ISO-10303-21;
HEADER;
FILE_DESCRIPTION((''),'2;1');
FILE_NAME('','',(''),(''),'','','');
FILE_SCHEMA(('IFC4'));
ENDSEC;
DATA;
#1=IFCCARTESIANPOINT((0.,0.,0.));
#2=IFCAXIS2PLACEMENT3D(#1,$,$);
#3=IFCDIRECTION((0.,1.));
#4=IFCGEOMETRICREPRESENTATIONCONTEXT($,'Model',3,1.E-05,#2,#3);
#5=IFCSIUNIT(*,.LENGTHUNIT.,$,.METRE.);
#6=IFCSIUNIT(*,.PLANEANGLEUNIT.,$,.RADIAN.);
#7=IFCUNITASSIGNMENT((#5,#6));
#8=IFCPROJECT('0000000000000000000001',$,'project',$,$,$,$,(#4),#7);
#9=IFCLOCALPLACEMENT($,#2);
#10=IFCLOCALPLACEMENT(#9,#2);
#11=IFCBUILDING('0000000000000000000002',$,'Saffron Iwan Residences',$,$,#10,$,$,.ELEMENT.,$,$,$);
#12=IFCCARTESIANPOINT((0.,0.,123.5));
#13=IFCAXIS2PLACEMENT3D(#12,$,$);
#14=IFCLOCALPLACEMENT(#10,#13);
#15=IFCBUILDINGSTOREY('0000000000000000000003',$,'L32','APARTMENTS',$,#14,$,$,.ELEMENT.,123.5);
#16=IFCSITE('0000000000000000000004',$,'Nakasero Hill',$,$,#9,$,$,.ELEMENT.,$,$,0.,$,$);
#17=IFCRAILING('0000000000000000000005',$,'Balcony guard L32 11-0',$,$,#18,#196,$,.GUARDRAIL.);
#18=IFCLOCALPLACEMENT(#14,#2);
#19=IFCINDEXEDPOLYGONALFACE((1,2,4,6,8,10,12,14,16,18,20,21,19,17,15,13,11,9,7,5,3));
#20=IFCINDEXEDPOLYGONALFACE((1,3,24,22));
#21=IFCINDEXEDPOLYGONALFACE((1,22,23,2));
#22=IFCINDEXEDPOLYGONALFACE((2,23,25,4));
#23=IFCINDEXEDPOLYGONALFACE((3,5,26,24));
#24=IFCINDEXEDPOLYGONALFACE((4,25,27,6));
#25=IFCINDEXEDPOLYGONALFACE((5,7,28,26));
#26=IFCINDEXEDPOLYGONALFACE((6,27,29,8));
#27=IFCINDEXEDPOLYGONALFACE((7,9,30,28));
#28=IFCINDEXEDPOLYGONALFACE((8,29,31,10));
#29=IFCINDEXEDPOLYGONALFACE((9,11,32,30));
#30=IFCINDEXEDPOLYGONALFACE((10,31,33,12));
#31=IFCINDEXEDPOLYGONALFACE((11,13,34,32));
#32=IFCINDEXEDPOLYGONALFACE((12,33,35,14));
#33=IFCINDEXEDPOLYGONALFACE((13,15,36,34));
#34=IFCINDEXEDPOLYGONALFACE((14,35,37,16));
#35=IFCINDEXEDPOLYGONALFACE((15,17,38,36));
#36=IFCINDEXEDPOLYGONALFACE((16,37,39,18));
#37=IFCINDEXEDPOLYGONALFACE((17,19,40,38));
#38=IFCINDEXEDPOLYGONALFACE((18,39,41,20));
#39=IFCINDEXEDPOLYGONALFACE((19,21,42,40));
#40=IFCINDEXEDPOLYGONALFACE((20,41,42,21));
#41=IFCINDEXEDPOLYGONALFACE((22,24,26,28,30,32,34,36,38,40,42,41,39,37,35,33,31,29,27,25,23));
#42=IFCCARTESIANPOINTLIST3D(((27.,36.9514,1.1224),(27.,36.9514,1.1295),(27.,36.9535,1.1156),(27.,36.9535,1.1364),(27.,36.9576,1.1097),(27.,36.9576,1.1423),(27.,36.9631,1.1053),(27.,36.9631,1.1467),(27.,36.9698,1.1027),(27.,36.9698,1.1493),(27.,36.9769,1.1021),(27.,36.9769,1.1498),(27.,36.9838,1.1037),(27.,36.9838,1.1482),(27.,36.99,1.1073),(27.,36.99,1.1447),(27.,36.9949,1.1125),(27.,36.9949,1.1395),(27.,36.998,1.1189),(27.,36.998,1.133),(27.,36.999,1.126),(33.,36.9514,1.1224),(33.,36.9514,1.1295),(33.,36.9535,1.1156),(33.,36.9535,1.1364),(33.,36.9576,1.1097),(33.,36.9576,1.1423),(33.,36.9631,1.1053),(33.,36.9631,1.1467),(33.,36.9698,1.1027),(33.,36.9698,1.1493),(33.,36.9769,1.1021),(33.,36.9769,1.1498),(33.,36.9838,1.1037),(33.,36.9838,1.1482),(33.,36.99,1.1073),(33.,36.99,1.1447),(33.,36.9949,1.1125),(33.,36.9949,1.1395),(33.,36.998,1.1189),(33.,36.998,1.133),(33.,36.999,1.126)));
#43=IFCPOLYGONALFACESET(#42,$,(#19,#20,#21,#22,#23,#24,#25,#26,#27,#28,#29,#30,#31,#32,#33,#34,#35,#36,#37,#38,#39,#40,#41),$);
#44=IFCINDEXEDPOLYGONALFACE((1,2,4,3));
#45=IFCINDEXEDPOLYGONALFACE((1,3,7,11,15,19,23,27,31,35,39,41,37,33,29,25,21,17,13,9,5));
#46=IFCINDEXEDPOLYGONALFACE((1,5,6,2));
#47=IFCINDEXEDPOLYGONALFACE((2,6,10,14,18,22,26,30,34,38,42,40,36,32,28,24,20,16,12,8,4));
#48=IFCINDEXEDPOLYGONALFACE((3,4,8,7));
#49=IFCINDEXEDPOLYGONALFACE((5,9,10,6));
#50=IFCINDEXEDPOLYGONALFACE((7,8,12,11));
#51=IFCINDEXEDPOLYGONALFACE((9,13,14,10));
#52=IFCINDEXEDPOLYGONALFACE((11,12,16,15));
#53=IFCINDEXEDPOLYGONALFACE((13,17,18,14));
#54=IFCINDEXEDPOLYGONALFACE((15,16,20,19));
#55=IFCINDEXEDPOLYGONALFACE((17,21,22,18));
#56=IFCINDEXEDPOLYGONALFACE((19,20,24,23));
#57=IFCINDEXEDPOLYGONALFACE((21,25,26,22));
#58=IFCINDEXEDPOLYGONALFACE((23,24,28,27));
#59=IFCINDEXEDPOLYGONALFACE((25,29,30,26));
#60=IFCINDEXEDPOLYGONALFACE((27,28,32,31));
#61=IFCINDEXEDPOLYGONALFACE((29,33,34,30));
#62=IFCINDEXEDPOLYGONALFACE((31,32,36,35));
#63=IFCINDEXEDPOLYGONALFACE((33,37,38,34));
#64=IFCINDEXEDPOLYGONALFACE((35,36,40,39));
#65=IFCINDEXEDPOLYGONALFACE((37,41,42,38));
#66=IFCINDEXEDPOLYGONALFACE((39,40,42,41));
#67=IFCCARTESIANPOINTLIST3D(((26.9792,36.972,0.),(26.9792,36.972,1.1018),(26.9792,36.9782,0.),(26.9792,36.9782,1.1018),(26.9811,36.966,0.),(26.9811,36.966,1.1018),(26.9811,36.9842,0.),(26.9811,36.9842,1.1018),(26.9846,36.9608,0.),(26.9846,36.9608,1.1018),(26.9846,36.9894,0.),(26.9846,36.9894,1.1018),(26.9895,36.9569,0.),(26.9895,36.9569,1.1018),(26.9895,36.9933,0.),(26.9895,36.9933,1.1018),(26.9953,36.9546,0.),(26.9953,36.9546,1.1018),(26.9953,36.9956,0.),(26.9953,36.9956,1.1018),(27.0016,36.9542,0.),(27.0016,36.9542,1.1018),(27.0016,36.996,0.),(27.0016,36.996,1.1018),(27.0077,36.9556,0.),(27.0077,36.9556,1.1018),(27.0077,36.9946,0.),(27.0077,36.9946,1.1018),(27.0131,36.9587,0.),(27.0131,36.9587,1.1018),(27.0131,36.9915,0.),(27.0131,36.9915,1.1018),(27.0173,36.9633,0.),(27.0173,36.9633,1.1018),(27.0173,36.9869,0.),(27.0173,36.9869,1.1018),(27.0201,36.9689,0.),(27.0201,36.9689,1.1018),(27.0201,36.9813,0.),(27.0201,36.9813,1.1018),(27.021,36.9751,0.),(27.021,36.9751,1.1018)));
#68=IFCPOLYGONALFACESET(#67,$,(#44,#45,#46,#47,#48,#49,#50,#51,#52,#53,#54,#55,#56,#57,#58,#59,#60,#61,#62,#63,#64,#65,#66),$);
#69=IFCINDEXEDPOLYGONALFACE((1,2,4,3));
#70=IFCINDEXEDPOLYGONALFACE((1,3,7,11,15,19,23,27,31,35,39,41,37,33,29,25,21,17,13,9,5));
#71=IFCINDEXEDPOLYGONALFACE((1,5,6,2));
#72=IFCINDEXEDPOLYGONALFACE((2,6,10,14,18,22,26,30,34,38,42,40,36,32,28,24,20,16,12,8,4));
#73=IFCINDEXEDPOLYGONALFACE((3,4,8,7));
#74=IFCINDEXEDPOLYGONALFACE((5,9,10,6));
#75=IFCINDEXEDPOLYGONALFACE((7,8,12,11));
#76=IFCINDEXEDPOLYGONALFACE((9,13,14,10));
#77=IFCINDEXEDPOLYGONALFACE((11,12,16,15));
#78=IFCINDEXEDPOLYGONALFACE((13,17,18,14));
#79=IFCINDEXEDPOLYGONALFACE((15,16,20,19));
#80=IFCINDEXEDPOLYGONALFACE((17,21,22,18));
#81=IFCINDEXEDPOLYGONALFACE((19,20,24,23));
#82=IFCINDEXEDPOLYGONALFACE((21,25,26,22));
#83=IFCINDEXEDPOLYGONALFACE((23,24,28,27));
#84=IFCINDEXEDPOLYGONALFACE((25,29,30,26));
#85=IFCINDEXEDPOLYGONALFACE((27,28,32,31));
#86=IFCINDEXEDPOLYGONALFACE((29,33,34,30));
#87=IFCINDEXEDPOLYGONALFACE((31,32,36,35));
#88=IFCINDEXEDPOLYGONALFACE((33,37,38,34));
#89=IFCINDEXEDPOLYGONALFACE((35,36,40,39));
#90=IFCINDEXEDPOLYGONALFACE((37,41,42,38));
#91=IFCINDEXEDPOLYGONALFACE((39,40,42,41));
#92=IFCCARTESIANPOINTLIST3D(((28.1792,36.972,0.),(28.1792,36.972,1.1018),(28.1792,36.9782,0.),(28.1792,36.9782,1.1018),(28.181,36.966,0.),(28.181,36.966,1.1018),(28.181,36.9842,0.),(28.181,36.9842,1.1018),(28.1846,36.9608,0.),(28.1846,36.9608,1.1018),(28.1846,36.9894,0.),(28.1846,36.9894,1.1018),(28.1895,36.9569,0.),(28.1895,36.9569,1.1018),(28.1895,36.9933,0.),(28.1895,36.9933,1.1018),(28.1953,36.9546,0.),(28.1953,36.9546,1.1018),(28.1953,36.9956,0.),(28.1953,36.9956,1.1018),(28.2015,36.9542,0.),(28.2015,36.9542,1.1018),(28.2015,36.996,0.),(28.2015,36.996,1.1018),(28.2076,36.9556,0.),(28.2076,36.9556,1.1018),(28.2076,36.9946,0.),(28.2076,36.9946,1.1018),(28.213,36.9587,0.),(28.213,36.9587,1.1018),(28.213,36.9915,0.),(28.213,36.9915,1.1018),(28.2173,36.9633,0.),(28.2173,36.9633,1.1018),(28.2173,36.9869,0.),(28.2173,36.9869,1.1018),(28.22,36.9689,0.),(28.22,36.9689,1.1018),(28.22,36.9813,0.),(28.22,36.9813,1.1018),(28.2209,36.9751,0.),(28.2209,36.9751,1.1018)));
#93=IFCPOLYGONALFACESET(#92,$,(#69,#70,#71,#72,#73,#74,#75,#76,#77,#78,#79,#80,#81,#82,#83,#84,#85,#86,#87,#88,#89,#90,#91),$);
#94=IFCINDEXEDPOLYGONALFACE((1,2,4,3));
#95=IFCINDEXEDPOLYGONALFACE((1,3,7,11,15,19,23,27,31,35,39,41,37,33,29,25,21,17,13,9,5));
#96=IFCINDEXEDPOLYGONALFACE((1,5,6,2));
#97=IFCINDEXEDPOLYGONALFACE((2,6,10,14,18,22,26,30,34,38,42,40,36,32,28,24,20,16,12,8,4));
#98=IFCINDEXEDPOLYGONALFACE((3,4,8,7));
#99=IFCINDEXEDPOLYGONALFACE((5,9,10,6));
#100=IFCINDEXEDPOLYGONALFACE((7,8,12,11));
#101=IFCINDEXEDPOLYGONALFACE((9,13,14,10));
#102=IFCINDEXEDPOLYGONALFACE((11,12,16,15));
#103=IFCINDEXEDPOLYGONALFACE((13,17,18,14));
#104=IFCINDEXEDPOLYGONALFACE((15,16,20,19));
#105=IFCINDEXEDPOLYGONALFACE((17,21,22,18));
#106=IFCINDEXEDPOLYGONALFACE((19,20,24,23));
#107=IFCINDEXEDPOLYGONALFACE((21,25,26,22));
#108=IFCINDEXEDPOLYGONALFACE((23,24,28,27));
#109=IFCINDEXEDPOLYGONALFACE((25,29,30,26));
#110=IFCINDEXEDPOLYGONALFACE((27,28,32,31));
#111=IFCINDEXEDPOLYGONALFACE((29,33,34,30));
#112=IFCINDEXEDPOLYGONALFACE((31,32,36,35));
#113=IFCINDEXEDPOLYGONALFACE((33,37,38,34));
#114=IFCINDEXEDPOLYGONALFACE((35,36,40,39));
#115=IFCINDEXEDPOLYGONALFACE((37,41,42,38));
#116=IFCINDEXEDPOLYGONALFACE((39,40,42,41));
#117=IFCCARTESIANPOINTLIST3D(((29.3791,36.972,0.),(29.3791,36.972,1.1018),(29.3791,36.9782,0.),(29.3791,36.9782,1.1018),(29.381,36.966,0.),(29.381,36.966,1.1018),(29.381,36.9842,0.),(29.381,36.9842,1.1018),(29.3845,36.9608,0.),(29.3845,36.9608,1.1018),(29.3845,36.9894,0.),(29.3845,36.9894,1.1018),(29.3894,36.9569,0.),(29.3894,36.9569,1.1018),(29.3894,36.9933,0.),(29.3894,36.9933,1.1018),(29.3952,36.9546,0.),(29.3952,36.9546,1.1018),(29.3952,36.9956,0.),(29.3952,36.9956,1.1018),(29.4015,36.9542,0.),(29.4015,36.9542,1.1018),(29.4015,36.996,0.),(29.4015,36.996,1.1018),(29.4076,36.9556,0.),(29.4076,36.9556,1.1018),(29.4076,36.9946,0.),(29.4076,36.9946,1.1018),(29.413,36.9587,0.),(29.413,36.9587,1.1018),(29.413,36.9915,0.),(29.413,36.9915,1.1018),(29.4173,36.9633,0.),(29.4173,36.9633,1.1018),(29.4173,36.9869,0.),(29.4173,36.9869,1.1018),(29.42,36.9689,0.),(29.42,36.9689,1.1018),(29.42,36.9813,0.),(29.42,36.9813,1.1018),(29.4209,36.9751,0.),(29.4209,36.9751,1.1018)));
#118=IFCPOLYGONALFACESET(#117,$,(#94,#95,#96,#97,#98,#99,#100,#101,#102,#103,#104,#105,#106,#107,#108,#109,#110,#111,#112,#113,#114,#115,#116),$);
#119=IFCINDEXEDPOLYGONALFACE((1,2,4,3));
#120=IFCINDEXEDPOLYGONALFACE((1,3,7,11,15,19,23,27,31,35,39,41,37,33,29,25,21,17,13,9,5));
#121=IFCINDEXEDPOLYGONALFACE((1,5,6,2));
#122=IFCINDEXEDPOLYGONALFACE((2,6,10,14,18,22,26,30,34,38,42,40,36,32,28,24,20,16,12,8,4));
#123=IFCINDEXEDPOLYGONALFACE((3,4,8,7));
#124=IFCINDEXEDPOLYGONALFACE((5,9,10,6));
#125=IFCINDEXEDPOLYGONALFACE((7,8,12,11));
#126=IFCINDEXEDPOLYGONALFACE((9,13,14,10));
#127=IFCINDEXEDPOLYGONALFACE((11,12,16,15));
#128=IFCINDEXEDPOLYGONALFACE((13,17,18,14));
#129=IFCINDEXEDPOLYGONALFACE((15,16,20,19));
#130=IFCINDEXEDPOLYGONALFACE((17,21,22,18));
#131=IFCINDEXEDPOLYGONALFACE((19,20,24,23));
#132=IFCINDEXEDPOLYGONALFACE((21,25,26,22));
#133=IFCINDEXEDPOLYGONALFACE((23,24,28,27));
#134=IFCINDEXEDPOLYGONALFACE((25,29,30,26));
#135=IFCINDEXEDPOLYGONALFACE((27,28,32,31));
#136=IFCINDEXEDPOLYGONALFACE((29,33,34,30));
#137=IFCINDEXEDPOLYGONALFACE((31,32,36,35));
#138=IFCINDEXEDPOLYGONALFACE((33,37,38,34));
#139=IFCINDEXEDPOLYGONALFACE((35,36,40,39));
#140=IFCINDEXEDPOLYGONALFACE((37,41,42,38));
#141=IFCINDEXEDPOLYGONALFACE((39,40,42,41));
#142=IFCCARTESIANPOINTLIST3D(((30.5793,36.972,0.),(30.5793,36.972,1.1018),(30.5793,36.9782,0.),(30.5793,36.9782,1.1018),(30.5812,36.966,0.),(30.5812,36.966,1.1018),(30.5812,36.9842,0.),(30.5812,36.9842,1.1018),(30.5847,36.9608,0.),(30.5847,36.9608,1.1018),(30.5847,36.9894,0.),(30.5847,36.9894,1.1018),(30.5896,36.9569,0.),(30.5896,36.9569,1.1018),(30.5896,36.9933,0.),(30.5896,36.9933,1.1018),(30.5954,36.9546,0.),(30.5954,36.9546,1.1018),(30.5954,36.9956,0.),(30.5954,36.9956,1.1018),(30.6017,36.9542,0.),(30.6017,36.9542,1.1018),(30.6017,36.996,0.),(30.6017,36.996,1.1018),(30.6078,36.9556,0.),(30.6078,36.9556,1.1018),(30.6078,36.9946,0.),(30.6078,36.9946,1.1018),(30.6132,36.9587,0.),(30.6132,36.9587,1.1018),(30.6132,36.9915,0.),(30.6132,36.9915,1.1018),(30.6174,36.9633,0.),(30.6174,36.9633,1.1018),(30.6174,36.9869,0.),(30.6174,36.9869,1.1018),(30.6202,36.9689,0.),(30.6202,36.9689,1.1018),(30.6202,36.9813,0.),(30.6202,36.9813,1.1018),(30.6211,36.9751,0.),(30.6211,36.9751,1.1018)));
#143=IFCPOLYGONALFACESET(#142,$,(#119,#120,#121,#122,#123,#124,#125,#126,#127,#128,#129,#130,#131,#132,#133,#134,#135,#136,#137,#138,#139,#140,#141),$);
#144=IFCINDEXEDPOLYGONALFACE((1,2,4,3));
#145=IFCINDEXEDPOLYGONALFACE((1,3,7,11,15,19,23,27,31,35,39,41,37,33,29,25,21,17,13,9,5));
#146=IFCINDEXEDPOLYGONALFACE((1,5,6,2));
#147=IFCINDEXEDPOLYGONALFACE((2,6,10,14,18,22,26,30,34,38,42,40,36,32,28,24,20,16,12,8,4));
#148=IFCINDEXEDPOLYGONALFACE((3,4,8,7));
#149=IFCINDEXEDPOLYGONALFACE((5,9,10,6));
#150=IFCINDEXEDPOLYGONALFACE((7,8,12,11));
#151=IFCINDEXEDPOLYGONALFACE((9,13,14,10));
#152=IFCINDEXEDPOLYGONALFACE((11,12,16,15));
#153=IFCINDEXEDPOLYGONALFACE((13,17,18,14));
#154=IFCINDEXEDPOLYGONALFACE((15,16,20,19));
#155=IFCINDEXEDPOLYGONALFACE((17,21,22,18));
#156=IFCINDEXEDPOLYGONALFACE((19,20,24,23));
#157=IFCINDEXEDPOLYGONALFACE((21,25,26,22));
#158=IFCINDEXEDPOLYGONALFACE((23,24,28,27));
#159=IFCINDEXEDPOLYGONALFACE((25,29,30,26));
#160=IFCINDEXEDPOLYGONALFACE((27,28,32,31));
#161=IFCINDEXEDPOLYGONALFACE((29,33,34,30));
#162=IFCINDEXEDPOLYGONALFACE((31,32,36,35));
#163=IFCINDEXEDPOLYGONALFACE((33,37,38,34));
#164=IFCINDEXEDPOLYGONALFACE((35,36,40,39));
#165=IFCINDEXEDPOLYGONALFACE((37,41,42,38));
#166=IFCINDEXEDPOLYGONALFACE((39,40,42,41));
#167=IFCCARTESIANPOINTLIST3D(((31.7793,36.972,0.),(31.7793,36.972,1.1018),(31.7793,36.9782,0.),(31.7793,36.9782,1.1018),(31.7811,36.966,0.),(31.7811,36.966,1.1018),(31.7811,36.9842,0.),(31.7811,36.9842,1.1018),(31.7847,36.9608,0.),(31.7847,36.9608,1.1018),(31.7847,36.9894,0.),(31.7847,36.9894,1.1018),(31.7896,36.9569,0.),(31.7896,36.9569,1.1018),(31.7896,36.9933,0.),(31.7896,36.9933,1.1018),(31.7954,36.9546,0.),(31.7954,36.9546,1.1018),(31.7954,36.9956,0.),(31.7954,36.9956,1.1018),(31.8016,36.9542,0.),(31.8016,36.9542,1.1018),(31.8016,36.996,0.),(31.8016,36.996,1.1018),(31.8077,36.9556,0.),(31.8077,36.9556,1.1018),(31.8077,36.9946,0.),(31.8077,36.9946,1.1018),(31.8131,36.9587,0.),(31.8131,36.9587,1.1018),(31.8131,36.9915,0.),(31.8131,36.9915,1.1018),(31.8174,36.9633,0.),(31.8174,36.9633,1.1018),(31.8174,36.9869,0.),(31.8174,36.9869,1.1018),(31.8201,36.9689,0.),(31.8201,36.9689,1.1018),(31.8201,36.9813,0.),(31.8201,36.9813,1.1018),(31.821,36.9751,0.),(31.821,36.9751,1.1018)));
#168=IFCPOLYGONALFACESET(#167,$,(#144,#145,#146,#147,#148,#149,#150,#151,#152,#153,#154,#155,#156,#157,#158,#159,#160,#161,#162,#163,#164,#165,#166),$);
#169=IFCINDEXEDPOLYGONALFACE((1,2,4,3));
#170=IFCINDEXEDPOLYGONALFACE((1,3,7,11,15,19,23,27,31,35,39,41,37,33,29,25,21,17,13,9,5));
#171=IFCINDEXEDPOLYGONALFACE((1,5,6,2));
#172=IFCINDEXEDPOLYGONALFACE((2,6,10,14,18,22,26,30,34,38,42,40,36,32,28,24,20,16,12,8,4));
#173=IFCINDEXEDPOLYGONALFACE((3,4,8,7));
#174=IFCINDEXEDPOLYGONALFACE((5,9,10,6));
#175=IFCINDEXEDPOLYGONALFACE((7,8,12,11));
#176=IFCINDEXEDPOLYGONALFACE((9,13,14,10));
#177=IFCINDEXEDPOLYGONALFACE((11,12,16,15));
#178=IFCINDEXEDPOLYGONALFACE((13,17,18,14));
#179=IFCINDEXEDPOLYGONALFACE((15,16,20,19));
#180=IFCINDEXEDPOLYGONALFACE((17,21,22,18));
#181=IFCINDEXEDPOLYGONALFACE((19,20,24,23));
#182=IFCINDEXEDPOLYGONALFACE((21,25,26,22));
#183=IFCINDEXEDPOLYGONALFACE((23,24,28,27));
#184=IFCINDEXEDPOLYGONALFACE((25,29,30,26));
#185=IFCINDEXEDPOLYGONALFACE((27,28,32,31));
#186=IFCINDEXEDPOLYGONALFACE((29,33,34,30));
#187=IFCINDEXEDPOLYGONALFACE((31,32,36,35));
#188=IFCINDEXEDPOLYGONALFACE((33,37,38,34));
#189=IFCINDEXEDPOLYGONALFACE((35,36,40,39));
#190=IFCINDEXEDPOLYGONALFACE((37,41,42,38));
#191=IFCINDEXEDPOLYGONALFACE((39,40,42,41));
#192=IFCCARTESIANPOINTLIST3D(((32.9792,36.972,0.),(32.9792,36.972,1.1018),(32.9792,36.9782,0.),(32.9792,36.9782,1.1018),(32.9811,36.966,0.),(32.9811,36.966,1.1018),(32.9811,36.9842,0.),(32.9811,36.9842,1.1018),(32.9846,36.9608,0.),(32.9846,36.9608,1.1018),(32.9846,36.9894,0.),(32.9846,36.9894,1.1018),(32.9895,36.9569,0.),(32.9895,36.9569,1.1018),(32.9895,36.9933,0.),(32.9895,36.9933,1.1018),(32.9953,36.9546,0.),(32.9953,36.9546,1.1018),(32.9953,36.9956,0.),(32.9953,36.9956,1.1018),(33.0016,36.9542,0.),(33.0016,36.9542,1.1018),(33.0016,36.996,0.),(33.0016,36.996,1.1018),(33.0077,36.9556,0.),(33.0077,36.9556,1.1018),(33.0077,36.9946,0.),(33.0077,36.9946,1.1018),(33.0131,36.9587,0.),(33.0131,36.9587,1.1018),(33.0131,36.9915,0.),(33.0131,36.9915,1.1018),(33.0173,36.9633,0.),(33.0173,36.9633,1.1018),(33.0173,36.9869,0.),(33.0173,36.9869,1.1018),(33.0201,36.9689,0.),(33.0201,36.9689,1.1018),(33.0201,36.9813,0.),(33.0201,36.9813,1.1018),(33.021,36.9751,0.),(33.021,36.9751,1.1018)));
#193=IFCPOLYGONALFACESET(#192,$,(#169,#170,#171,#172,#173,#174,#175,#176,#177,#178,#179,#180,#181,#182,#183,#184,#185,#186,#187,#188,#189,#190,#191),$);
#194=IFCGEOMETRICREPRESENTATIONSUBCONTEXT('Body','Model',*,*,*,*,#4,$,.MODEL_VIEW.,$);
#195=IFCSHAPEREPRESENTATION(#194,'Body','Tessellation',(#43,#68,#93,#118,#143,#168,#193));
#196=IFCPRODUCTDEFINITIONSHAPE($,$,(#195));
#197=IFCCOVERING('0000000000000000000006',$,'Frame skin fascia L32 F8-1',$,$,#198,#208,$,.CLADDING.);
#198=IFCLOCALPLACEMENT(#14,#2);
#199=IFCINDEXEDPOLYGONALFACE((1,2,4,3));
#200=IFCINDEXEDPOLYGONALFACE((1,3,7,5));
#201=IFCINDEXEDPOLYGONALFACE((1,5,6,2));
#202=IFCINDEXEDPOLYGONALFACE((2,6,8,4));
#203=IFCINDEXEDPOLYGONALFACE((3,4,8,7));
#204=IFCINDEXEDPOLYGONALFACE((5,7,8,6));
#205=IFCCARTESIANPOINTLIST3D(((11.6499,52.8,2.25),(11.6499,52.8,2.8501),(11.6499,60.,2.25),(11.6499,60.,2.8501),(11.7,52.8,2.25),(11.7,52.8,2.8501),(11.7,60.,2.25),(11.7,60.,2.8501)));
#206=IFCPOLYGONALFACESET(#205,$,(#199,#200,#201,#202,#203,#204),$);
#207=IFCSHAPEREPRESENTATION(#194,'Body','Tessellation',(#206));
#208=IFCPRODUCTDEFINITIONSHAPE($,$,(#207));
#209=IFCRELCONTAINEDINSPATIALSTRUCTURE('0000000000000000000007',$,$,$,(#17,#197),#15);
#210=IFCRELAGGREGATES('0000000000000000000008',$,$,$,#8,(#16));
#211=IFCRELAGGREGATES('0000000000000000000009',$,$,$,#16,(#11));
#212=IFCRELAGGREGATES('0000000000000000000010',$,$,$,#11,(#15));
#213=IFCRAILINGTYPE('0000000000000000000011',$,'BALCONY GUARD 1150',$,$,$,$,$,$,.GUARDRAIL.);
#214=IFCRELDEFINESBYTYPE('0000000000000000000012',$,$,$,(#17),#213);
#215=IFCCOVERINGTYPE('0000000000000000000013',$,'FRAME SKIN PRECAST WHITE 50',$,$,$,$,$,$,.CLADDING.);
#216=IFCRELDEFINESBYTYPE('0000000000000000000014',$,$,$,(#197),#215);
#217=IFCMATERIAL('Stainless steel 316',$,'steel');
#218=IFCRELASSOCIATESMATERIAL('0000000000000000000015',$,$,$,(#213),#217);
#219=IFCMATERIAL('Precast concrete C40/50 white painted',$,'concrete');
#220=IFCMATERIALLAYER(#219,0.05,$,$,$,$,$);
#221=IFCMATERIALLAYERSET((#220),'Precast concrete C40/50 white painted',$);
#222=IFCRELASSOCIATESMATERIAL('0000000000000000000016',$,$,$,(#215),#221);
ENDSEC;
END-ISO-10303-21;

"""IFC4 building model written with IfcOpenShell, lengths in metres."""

from ifc_helpers import new_model, si_unit, direction, frame, origin, origin_2d, place, context, subcontext, project, spatial, polyline, circle, outline, extrude, material, layer, layer_set, type_object, element, save


model = new_model("IFC4")

# Units and contexts
model_context = context("Model", 3, precision=1e-05, world=origin(), true_north=direction((0.0, 1.0)))
body_context = subcontext(model_context, "Body", "Model", "MODEL_VIEW")
ifc_project = project(units=[si_unit("LENGTHUNIT", "METRE"), si_unit("PLANEANGLEUNIT", "RADIAN")], contexts=[model_context])

# Site, building, storey
site_placement = place(None, origin())
site = spatial("IfcSite", under=ifc_project, at=site_placement, Name="Nakasero Hill", CompositionType="ELEMENT", RefElevation=0.0)
building_placement = place(site_placement, origin())
building = spatial("IfcBuilding", under=site, at=building_placement, Name="Saffron Iwan Residences", CompositionType="ELEMENT")
storey_placement = place(building_placement, frame((0.0, 0.0, 123.5)))
storey = spatial("IfcBuildingStorey", under=building, at=storey_placement, Name="L32", Description="APARTMENTS", CompositionType="ELEMENT", Elevation=123.5)

# Railing
ifc_material_1 = material(Name="Stainless steel 316", Category="steel")
railing_type = type_object("IfcRailingType", Name="BALCONY GUARD 1150", PredefinedType="GUARDRAIL", material=ifc_material_1)
railing_placement = place(storey_placement, frame((27.0, 36.9751, 0.0)))
element("IfcRailing", 1, at=railing_placement, inside=storey, type_object=railing_type, Name="Balcony guard L32 11-0", PredefinedType="GUARDRAIL", context=body_context, shape_type="SweptSolid", body=[
    extrude(circle(Radius=0.0239, at=origin_2d()), frame((0.0, 0.0, 1.126), z_axis=(1.0, 0.0, 0.0), x_axis=(0.0, 1.0, 0.0)), (0.0, 0.0, 1.0), 6.0),
    extrude(circle(Radius=0.021, at=origin_2d()), origin(), (0.0, 0.0, 1.0), 1.1018),
    extrude(circle(Radius=0.021, at=origin_2d()), frame((1.2, 0.0, 0.0)), (0.0, 0.0, 1.0), 1.1018),
    extrude(circle(Radius=0.021, at=origin_2d()), frame((2.3999, 0.0, 0.0)), (0.0, 0.0, 1.0), 1.1018),
    extrude(circle(Radius=0.021, at=origin_2d()), frame((3.6001, 0.0, 0.0)), (0.0, 0.0, 1.0), 1.1018),
    extrude(circle(Radius=0.021, at=origin_2d()), frame((4.8, 0.0, 0.0)), (0.0, 0.0, 1.0), 1.1018),
    extrude(circle(Radius=0.021, at=origin_2d()), frame((6.0, 0.0, 0.0)), (0.0, 0.0, 1.0), 1.1018),
])

# Covering
ifc_material_2 = material(Name="Precast concrete C40/50 white painted", Category="concrete")
ifc_layer_1 = layer(ifc_material_2, 0.05)
ifc_layer_set_1 = layer_set([ifc_layer_1], Name="Precast concrete C40/50 white painted")
covering_type = type_object("IfcCoveringType", Name="FRAME SKIN PRECAST WHITE 50", PredefinedType="CLADDING", material=ifc_layer_set_1)
covering_1_placement = place(storey_placement, frame((0.0, 0.0, 2.25)))
element("IfcCovering", 2, at=covering_1_placement, inside=storey, type_object=covering_type, Name="Frame skin fascia L32 F8-1", PredefinedType="CLADDING", context=body_context, shape_type="SweptSolid", body=[
    extrude(outline(polyline([(11.6499, 60.0), (11.6499, 52.8), (11.7, 52.8), (11.7, 60.0), (11.6499, 60.0)])), origin(), (0.0, 0.0, 1.0), 0.6001),
])

save(model, "model.ifc")
